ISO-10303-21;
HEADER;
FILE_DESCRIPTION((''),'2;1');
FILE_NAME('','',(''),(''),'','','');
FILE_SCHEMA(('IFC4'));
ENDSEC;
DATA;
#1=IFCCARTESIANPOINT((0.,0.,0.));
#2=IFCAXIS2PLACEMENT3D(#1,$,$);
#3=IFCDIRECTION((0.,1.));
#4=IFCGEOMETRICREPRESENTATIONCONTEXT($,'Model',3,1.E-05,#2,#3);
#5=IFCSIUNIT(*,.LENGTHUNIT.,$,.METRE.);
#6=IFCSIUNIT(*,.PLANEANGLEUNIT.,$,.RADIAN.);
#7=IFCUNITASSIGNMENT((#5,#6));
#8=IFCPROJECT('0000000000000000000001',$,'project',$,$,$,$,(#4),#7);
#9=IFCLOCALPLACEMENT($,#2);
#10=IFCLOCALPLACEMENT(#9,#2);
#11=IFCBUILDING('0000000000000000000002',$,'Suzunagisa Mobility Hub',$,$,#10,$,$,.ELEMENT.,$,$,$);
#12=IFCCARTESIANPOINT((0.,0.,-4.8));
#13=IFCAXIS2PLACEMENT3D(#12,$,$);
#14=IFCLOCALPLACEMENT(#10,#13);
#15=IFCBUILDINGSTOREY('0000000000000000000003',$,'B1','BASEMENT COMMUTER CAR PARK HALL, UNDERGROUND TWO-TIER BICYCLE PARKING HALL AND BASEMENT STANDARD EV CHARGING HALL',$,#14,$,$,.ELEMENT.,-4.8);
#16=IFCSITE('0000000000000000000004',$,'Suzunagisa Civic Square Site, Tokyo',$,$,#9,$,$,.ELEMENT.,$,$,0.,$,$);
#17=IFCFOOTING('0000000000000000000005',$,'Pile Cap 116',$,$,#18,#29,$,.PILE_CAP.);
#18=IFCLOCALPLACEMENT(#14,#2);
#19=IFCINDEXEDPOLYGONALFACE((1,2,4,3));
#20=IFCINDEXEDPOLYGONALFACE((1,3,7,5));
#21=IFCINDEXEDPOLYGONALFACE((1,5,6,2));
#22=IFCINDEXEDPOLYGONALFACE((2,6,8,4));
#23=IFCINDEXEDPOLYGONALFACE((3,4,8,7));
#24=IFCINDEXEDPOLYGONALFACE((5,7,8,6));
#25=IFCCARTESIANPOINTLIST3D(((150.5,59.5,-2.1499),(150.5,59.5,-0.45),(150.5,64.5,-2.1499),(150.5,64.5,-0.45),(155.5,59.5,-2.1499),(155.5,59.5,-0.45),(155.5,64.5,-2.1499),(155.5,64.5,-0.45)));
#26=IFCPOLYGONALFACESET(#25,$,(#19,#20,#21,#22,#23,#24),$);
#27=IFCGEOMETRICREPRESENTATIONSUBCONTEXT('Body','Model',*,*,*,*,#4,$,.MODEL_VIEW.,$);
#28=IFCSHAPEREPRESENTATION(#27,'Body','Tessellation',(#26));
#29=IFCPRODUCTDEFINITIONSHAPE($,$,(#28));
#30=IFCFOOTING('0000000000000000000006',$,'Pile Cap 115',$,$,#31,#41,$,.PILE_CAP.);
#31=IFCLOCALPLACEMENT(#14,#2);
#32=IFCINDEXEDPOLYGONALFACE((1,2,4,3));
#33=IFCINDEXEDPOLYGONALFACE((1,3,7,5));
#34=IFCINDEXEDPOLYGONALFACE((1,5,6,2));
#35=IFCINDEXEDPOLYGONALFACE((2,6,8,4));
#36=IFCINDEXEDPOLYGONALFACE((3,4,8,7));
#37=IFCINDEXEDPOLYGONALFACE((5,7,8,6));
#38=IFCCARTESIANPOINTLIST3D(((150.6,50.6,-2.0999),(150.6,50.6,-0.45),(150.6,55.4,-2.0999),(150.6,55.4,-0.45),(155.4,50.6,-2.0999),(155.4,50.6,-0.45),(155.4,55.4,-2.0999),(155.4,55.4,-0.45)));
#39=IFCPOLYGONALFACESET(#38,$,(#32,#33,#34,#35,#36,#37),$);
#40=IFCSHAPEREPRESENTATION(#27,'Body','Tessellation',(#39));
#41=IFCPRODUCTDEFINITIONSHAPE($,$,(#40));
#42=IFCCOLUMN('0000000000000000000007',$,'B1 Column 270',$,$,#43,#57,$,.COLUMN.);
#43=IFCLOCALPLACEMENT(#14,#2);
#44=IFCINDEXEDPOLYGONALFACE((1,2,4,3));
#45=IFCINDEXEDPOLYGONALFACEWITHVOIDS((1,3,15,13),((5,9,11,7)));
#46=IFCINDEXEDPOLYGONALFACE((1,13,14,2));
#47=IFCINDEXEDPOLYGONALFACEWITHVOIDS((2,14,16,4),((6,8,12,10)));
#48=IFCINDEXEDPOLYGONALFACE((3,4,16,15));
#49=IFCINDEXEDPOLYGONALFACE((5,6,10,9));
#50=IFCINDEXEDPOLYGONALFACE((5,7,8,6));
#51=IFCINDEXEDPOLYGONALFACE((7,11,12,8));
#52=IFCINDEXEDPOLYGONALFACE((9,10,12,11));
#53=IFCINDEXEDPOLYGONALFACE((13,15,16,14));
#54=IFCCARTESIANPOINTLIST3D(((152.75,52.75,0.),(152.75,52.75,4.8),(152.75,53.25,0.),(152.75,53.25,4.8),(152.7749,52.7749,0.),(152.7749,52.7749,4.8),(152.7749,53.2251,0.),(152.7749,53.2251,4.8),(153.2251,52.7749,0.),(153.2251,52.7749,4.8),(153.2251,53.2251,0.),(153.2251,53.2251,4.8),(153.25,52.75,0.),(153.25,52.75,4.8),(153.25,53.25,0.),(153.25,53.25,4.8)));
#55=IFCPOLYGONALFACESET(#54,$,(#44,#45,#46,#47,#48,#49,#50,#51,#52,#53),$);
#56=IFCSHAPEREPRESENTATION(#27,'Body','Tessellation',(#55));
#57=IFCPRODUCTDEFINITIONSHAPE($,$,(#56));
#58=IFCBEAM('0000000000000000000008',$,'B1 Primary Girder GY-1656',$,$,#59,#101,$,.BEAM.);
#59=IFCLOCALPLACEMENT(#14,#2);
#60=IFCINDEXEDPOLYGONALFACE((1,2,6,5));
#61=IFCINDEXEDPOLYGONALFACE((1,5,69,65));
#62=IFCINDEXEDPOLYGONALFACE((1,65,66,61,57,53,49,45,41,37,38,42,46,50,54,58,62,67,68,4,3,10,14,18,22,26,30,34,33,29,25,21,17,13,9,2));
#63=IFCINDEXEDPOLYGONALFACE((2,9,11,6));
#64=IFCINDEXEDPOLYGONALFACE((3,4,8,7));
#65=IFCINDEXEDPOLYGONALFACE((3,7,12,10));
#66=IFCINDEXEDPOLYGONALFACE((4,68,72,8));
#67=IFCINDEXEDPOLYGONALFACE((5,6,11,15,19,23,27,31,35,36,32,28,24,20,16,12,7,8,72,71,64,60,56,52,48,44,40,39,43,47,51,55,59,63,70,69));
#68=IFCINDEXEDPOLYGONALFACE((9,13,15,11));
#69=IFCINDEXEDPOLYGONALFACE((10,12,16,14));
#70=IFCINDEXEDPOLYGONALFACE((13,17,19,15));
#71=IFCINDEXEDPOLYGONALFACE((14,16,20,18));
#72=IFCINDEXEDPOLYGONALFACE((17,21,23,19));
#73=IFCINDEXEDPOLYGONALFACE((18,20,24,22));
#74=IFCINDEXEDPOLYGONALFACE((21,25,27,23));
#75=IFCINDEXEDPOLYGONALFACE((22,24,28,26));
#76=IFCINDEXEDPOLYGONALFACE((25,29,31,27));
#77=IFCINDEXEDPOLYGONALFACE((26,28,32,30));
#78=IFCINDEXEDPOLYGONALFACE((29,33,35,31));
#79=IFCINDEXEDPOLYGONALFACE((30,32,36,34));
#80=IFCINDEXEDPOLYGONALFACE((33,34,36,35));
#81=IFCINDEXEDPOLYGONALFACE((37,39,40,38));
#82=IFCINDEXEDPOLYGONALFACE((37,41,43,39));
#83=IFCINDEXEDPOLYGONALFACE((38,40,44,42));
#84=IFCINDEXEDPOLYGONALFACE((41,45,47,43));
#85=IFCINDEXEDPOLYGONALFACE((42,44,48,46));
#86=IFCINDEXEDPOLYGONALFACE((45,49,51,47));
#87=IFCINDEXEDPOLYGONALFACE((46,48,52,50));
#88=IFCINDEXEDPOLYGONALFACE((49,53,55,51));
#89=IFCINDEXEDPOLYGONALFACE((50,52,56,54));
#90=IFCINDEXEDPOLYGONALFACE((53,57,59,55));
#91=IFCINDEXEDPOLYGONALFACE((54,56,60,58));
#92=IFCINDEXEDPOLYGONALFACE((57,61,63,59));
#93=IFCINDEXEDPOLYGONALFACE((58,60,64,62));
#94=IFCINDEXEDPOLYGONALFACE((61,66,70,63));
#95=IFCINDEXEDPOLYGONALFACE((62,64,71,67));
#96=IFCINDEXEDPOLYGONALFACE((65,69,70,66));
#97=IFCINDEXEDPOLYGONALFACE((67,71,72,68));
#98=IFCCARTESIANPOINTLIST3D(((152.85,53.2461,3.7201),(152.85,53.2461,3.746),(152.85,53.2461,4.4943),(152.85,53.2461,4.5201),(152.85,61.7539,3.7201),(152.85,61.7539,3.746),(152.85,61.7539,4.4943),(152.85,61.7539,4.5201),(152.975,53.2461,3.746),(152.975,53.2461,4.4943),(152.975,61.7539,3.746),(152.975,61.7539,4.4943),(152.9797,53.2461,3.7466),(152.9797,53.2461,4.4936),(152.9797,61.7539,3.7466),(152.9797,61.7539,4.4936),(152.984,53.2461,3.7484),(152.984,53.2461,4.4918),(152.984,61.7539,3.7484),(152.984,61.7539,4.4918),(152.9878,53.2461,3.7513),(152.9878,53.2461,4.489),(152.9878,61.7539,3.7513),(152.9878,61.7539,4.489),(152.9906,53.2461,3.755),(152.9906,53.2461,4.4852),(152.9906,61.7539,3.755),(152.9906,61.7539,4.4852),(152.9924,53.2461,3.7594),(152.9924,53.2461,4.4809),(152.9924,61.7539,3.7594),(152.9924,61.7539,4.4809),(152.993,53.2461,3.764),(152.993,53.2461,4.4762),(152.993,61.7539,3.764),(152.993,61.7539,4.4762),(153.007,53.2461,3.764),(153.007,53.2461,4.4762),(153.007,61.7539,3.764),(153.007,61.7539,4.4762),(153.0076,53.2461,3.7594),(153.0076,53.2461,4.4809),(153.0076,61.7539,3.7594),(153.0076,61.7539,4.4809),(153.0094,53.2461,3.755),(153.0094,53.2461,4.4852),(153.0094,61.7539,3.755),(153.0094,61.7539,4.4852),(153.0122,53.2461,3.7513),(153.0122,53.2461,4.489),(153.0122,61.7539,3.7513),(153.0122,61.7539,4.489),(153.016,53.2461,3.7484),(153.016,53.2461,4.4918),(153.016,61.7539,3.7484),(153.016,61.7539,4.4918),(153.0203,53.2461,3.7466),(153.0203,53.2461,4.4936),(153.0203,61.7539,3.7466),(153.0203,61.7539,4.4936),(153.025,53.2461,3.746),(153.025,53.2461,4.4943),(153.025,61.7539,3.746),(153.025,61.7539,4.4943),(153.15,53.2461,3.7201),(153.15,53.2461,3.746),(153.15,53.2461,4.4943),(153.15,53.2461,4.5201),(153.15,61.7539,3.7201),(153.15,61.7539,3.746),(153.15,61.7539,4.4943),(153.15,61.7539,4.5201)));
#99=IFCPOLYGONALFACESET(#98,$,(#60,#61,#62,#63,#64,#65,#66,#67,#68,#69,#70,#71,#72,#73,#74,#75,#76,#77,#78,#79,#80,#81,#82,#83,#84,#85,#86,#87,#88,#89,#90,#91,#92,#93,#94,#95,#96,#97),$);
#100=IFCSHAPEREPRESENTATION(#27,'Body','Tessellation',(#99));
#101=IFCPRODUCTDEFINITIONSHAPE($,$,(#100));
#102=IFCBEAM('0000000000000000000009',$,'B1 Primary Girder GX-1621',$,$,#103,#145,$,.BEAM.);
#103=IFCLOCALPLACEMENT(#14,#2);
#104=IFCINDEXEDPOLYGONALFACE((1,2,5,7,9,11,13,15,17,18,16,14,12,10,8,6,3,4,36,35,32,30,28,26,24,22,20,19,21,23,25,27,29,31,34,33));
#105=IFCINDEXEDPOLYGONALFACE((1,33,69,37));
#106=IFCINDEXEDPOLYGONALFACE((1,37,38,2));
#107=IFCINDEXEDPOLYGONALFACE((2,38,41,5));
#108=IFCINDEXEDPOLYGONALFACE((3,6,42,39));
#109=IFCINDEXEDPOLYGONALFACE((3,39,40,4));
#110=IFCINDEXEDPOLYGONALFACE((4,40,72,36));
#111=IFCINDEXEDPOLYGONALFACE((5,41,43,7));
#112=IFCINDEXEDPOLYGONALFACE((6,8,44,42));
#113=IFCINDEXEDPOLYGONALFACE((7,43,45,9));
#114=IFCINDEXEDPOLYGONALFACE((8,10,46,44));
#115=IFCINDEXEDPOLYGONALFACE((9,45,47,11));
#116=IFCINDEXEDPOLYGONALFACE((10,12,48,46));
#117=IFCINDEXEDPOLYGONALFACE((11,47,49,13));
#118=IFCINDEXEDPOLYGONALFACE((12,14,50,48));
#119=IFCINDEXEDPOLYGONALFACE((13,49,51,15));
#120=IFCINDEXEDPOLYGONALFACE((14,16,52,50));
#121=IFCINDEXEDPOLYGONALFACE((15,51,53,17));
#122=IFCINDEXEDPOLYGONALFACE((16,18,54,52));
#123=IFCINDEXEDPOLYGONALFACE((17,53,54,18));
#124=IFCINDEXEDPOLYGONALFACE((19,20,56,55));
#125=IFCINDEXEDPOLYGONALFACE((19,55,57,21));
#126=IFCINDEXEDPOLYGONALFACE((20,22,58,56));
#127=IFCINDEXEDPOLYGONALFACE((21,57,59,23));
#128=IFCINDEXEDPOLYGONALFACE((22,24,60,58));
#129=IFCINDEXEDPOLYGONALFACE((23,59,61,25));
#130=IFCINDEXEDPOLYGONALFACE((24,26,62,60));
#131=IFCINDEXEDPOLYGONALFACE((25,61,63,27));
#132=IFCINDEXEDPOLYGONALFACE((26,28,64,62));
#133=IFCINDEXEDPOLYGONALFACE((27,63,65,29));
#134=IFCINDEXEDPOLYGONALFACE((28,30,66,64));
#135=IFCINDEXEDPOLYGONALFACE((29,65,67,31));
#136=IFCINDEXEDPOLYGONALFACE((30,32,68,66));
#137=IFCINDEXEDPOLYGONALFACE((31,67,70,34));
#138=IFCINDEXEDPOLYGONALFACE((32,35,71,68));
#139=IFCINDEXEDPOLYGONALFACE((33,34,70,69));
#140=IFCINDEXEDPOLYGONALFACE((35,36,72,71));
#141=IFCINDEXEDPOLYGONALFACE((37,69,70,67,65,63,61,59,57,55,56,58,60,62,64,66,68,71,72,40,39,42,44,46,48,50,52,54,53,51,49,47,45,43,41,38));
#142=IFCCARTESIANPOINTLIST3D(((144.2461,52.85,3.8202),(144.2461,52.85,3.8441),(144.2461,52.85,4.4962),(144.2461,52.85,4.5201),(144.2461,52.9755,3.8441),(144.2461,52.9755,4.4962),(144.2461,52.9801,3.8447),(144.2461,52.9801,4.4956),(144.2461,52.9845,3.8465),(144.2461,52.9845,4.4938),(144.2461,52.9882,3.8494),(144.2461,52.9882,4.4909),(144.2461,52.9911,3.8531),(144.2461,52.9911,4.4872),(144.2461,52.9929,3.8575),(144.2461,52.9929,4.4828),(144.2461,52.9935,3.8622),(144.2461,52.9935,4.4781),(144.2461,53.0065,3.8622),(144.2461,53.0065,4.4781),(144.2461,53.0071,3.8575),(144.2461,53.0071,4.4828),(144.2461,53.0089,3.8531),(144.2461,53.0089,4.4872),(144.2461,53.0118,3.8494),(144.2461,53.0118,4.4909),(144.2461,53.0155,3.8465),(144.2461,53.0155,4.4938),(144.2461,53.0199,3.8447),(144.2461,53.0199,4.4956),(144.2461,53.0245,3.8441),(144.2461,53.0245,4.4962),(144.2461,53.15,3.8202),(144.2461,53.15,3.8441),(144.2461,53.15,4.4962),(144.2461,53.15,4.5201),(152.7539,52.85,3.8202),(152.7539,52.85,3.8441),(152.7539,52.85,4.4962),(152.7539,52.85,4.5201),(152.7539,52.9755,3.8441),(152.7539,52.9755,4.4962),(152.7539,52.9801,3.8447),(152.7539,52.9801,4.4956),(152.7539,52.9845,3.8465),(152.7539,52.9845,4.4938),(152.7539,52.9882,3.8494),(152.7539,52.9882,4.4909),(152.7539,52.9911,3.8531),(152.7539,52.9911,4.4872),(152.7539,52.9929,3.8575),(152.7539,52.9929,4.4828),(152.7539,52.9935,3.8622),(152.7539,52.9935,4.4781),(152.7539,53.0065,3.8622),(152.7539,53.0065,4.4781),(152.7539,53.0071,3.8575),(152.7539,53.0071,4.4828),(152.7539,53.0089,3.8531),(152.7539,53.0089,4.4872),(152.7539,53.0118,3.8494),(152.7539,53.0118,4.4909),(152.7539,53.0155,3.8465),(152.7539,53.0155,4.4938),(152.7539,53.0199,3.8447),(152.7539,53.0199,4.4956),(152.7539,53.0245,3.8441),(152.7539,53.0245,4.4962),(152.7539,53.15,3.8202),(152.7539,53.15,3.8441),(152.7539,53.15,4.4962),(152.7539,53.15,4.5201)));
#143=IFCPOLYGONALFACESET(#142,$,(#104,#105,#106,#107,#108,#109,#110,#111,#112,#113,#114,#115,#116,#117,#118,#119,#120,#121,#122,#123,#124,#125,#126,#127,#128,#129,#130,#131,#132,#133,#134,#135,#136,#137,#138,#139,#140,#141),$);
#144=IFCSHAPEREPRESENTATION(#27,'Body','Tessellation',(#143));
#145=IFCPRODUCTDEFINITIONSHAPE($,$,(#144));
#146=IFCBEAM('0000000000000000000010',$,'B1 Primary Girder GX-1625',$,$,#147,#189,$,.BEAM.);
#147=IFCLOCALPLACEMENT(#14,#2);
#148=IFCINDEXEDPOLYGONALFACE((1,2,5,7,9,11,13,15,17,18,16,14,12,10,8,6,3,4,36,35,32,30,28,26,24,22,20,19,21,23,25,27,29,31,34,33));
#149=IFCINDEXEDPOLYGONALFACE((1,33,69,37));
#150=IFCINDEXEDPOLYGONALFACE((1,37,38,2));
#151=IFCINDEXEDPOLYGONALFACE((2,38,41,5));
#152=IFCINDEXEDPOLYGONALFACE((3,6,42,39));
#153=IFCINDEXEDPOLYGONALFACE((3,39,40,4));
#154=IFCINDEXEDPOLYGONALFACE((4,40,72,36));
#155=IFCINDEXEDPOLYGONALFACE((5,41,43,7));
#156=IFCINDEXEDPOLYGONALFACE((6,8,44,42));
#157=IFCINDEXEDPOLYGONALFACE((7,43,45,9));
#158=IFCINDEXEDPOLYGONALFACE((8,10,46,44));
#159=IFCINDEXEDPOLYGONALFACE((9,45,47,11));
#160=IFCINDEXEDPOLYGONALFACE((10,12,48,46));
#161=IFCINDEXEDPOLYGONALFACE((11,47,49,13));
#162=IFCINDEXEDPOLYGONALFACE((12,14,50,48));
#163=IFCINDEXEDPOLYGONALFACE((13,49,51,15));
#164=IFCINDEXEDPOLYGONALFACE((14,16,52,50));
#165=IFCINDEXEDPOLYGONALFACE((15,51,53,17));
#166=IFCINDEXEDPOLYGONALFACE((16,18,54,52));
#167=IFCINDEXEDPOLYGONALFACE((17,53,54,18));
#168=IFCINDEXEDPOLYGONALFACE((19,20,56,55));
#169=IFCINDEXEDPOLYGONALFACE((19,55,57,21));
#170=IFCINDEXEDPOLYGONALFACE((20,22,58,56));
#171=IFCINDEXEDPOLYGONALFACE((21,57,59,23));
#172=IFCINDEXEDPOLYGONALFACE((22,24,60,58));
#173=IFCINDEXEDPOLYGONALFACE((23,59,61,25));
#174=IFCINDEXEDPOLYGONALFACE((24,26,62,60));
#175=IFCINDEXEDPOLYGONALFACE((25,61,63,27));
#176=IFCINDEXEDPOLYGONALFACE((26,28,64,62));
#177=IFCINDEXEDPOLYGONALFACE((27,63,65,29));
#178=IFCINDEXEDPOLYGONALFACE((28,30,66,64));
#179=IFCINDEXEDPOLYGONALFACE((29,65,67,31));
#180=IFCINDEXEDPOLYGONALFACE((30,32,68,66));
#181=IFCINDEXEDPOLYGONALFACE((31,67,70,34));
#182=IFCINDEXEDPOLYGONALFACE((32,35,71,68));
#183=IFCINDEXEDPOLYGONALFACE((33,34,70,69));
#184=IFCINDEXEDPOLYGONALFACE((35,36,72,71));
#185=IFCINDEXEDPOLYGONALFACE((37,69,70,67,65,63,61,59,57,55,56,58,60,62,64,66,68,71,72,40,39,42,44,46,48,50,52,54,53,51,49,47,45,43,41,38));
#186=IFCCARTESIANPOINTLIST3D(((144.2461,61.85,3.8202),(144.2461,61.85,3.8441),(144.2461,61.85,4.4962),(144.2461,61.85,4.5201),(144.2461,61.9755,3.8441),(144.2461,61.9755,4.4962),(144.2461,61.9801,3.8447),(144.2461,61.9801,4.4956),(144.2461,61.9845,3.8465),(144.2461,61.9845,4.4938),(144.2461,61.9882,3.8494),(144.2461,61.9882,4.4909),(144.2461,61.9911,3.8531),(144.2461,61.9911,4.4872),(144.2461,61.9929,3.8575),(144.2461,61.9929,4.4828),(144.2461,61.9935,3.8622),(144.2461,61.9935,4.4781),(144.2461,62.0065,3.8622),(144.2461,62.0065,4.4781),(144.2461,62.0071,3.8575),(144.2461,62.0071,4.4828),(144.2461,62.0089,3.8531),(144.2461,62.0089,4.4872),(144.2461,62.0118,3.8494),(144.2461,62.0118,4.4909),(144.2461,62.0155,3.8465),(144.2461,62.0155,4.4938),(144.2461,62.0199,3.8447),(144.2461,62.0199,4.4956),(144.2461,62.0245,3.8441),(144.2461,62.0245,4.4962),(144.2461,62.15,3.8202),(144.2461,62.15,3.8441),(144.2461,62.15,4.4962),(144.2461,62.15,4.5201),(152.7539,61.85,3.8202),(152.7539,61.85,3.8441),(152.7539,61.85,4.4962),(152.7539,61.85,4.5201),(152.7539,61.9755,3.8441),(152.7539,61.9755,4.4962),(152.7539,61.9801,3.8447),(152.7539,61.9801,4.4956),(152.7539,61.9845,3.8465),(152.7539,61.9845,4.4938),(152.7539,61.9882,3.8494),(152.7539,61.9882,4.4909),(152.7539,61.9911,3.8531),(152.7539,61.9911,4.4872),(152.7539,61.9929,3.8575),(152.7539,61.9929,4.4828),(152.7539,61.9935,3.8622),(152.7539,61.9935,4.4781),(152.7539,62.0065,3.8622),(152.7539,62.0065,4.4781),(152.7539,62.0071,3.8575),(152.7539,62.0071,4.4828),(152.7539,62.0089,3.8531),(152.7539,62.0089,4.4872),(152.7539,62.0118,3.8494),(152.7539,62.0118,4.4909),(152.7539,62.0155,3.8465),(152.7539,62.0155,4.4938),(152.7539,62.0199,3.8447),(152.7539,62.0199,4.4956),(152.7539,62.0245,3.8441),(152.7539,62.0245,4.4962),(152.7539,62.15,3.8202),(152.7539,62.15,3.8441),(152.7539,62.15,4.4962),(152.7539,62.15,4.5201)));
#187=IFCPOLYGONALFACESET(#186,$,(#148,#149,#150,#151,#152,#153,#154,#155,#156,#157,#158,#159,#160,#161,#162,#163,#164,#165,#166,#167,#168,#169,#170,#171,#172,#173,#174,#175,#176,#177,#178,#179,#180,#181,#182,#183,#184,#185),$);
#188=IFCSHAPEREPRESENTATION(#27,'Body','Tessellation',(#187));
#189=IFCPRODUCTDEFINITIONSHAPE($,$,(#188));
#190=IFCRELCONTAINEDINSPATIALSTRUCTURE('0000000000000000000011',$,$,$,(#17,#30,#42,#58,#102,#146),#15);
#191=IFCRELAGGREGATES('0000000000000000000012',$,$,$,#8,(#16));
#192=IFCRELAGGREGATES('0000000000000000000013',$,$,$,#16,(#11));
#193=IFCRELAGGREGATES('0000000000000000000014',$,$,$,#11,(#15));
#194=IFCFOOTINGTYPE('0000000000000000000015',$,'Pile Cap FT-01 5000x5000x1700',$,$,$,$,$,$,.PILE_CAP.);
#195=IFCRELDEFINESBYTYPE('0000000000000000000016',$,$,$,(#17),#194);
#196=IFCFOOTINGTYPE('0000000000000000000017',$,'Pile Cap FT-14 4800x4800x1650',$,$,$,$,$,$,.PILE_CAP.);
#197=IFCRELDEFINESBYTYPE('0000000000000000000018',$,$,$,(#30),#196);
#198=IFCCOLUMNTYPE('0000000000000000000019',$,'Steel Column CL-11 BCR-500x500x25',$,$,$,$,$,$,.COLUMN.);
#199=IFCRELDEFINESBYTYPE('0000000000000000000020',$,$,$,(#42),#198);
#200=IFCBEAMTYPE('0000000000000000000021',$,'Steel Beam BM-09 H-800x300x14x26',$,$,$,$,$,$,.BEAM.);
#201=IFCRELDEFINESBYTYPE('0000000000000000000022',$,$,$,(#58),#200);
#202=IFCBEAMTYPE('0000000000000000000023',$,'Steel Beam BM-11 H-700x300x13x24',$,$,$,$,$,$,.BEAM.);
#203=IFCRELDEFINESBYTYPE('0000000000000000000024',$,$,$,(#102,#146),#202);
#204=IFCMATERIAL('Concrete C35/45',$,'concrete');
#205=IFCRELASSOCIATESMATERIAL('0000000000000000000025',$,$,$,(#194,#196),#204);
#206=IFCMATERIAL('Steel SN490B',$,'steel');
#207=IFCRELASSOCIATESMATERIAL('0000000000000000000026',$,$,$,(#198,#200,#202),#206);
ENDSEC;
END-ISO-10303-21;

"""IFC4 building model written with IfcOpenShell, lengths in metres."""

from ifc_helpers import new_model, si_unit, direction, frame, origin, origin_2d, place, context, subcontext, project, spatial, rectangle, hollow_rectangle, i_section, extrude, material, material_profile, profile_set, type_object, element, save


model = new_model("IFC4")

# Units and contexts
model_context = context("Model", 3, precision=1e-05, world=origin(), true_north=direction((0.0, 1.0)))
body_context = subcontext(model_context, "Body", "Model", "MODEL_VIEW")
ifc_project = project(units=[si_unit("LENGTHUNIT", "METRE"), si_unit("PLANEANGLEUNIT", "RADIAN")], contexts=[model_context])

# Site, building, storey
site_placement = place(None, origin())
site = spatial("IfcSite", under=ifc_project, at=site_placement, Name="Suzunagisa Civic Square Site, Tokyo", CompositionType="ELEMENT", RefElevation=0.0)
building_placement = place(site_placement, origin())
building = spatial("IfcBuilding", under=site, at=building_placement, Name="Suzunagisa Mobility Hub", CompositionType="ELEMENT")
storey_placement = place(building_placement, frame((0.0, 0.0, -4.8)))
storey = spatial("IfcBuildingStorey", under=building, at=storey_placement, Name="B1", Description="BASEMENT COMMUTER CAR PARK HALL, UNDERGROUND TWO-TIER BICYCLE PARKING HALL AND BASEMENT STANDARD EV CHARGING HALL", CompositionType="ELEMENT", Elevation=-4.8)

# Footings
ifc_material_1 = material(Name="Concrete C35/45", Category="concrete")
footing_type_1 = type_object("IfcFootingType", Name="Pile Cap FT-01 5000x5000x1700", PredefinedType="PILE_CAP", material=ifc_material_1)
footing_1_placement = place(storey_placement, frame((153.0, 62.0, -2.1499), z_axis=(0.0, 0.0, 1.0), x_axis=(1.0, 0.0, 0.0)))
element("IfcFooting", 1, at=footing_1_placement, inside=storey, type_object=footing_type_1, Name="Pile Cap 116", PredefinedType="PILE_CAP", context=body_context, shape_type="SweptSolid", body=[
    extrude(rectangle(XDim=5.0, YDim=5.0, at=origin_2d()), origin(), (0.0, 0.0, 1.0), 1.7),
])
footing_type_2 = type_object("IfcFootingType", Name="Pile Cap FT-14 4800x4800x1650", PredefinedType="PILE_CAP", material=ifc_material_1)
footing_2_placement = place(storey_placement, frame((153.0, 53.0, -2.0999), z_axis=(0.0, 0.0, 1.0), x_axis=(1.0, 0.0, 0.0)))
element("IfcFooting", 2, at=footing_2_placement, inside=storey, type_object=footing_type_2, Name="Pile Cap 115", PredefinedType="PILE_CAP", context=body_context, shape_type="SweptSolid", body=[
    extrude(rectangle(XDim=4.8, YDim=4.8, at=origin_2d()), origin(), (0.0, 0.0, 1.0), 1.6499),
])

# Column
ifc_material_2 = material(Name="Steel SN490B", Category="steel")
ifc_material_profile_1 = material_profile(ifc_material_2, hollow_rectangle(XDim=0.5, YDim=0.5, WallThickness=0.0249, at=origin_2d()), Name="BCR-500x500x25")
ifc_profile_set_1 = profile_set([ifc_material_profile_1], Name="Steel SN490B")
column_type = type_object("IfcColumnType", Name="Steel Column CL-11 BCR-500x500x25", PredefinedType="COLUMN", material=ifc_profile_set_1)
column_placement = place(storey_placement, frame((153.0, 53.0, 0.0), z_axis=(0.0, 0.0, 1.0), x_axis=(1.0, 0.0, 0.0)))
element("IfcColumn", 3, at=column_placement, inside=storey, type_object=column_type, Name="B1 Column 270", PredefinedType="COLUMN", context=body_context, shape_type="SweptSolid", body=[
    extrude(hollow_rectangle(XDim=0.5, YDim=0.5, WallThickness=0.0249, at=origin_2d()), origin(), (0.0, 0.0, 1.0), 4.8),
])

# Beams
ifc_material_profile_2 = material_profile(ifc_material_2, i_section(OverallWidth=0.3, OverallDepth=0.8, WebThickness=0.0139, FlangeThickness=0.0259, FilletRadius=0.0181, at=origin_2d()), Name="H-800x300x14x26")
ifc_profile_set_2 = profile_set([ifc_material_profile_2], Name="Steel SN490B")
beam_type_1 = type_object("IfcBeamType", Name="Steel Beam BM-09 H-800x300x14x26", PredefinedType="BEAM", material=ifc_profile_set_2)
beam_placement = place(storey_placement, frame((153.0, 53.2461, 4.1201), z_axis=(0.0, 1.0, 0.0), x_axis=(-1.0, 0.0, 0.0)))
element("IfcBeam", 4, at=beam_placement, inside=storey, type_object=beam_type_1, Name="B1 Primary Girder GY-1656", PredefinedType="BEAM", context=body_context, shape_type="SweptSolid", body=[
    extrude(i_section(OverallWidth=0.3, OverallDepth=0.8, WebThickness=0.0139, FlangeThickness=0.0259, FilletRadius=0.0181, at=origin_2d()), origin(), (0.0, 0.0, 1.0), 8.5078),
])
ifc_material_profile_3 = material_profile(ifc_material_2, i_section(OverallWidth=0.3, OverallDepth=0.7, WebThickness=0.0129, FlangeThickness=0.0239, FilletRadius=0.0181, at=origin_2d()), Name="H-700x300x13x24")
ifc_profile_set_3 = profile_set([ifc_material_profile_3], Name="Steel SN490B")
beam_type_2 = type_object("IfcBeamType", Name="Steel Beam BM-11 H-700x300x13x24", PredefinedType="BEAM", material=ifc_profile_set_3)
for number, where, z_axis, x_axis, name in (
    (5, (144.2461, 53.0, 4.1702), (1.0, 0.0, 0.0), (0.0, 1.0, 0.0), "B1 Primary Girder GX-1621"),
    (6, (144.2461, 62.0, 4.1702), (1.0, 0.0, 0.0), (0.0, 1.0, 0.0), "B1 Primary Girder GX-1625"),
):
    element("IfcBeam", number, at=place(storey_placement, frame(where, z_axis=z_axis, x_axis=x_axis)), inside=storey, type_object=beam_type_2, Name=name, PredefinedType="BEAM", context=body_context, shape_type="SweptSolid", body=[
        extrude(i_section(OverallWidth=0.3, OverallDepth=0.7, WebThickness=0.0129, FlangeThickness=0.0239, FilletRadius=0.0181, at=origin_2d()), origin(), (0.0, 0.0, 1.0), 8.5078),
    ])

save(model, "model.ifc")
